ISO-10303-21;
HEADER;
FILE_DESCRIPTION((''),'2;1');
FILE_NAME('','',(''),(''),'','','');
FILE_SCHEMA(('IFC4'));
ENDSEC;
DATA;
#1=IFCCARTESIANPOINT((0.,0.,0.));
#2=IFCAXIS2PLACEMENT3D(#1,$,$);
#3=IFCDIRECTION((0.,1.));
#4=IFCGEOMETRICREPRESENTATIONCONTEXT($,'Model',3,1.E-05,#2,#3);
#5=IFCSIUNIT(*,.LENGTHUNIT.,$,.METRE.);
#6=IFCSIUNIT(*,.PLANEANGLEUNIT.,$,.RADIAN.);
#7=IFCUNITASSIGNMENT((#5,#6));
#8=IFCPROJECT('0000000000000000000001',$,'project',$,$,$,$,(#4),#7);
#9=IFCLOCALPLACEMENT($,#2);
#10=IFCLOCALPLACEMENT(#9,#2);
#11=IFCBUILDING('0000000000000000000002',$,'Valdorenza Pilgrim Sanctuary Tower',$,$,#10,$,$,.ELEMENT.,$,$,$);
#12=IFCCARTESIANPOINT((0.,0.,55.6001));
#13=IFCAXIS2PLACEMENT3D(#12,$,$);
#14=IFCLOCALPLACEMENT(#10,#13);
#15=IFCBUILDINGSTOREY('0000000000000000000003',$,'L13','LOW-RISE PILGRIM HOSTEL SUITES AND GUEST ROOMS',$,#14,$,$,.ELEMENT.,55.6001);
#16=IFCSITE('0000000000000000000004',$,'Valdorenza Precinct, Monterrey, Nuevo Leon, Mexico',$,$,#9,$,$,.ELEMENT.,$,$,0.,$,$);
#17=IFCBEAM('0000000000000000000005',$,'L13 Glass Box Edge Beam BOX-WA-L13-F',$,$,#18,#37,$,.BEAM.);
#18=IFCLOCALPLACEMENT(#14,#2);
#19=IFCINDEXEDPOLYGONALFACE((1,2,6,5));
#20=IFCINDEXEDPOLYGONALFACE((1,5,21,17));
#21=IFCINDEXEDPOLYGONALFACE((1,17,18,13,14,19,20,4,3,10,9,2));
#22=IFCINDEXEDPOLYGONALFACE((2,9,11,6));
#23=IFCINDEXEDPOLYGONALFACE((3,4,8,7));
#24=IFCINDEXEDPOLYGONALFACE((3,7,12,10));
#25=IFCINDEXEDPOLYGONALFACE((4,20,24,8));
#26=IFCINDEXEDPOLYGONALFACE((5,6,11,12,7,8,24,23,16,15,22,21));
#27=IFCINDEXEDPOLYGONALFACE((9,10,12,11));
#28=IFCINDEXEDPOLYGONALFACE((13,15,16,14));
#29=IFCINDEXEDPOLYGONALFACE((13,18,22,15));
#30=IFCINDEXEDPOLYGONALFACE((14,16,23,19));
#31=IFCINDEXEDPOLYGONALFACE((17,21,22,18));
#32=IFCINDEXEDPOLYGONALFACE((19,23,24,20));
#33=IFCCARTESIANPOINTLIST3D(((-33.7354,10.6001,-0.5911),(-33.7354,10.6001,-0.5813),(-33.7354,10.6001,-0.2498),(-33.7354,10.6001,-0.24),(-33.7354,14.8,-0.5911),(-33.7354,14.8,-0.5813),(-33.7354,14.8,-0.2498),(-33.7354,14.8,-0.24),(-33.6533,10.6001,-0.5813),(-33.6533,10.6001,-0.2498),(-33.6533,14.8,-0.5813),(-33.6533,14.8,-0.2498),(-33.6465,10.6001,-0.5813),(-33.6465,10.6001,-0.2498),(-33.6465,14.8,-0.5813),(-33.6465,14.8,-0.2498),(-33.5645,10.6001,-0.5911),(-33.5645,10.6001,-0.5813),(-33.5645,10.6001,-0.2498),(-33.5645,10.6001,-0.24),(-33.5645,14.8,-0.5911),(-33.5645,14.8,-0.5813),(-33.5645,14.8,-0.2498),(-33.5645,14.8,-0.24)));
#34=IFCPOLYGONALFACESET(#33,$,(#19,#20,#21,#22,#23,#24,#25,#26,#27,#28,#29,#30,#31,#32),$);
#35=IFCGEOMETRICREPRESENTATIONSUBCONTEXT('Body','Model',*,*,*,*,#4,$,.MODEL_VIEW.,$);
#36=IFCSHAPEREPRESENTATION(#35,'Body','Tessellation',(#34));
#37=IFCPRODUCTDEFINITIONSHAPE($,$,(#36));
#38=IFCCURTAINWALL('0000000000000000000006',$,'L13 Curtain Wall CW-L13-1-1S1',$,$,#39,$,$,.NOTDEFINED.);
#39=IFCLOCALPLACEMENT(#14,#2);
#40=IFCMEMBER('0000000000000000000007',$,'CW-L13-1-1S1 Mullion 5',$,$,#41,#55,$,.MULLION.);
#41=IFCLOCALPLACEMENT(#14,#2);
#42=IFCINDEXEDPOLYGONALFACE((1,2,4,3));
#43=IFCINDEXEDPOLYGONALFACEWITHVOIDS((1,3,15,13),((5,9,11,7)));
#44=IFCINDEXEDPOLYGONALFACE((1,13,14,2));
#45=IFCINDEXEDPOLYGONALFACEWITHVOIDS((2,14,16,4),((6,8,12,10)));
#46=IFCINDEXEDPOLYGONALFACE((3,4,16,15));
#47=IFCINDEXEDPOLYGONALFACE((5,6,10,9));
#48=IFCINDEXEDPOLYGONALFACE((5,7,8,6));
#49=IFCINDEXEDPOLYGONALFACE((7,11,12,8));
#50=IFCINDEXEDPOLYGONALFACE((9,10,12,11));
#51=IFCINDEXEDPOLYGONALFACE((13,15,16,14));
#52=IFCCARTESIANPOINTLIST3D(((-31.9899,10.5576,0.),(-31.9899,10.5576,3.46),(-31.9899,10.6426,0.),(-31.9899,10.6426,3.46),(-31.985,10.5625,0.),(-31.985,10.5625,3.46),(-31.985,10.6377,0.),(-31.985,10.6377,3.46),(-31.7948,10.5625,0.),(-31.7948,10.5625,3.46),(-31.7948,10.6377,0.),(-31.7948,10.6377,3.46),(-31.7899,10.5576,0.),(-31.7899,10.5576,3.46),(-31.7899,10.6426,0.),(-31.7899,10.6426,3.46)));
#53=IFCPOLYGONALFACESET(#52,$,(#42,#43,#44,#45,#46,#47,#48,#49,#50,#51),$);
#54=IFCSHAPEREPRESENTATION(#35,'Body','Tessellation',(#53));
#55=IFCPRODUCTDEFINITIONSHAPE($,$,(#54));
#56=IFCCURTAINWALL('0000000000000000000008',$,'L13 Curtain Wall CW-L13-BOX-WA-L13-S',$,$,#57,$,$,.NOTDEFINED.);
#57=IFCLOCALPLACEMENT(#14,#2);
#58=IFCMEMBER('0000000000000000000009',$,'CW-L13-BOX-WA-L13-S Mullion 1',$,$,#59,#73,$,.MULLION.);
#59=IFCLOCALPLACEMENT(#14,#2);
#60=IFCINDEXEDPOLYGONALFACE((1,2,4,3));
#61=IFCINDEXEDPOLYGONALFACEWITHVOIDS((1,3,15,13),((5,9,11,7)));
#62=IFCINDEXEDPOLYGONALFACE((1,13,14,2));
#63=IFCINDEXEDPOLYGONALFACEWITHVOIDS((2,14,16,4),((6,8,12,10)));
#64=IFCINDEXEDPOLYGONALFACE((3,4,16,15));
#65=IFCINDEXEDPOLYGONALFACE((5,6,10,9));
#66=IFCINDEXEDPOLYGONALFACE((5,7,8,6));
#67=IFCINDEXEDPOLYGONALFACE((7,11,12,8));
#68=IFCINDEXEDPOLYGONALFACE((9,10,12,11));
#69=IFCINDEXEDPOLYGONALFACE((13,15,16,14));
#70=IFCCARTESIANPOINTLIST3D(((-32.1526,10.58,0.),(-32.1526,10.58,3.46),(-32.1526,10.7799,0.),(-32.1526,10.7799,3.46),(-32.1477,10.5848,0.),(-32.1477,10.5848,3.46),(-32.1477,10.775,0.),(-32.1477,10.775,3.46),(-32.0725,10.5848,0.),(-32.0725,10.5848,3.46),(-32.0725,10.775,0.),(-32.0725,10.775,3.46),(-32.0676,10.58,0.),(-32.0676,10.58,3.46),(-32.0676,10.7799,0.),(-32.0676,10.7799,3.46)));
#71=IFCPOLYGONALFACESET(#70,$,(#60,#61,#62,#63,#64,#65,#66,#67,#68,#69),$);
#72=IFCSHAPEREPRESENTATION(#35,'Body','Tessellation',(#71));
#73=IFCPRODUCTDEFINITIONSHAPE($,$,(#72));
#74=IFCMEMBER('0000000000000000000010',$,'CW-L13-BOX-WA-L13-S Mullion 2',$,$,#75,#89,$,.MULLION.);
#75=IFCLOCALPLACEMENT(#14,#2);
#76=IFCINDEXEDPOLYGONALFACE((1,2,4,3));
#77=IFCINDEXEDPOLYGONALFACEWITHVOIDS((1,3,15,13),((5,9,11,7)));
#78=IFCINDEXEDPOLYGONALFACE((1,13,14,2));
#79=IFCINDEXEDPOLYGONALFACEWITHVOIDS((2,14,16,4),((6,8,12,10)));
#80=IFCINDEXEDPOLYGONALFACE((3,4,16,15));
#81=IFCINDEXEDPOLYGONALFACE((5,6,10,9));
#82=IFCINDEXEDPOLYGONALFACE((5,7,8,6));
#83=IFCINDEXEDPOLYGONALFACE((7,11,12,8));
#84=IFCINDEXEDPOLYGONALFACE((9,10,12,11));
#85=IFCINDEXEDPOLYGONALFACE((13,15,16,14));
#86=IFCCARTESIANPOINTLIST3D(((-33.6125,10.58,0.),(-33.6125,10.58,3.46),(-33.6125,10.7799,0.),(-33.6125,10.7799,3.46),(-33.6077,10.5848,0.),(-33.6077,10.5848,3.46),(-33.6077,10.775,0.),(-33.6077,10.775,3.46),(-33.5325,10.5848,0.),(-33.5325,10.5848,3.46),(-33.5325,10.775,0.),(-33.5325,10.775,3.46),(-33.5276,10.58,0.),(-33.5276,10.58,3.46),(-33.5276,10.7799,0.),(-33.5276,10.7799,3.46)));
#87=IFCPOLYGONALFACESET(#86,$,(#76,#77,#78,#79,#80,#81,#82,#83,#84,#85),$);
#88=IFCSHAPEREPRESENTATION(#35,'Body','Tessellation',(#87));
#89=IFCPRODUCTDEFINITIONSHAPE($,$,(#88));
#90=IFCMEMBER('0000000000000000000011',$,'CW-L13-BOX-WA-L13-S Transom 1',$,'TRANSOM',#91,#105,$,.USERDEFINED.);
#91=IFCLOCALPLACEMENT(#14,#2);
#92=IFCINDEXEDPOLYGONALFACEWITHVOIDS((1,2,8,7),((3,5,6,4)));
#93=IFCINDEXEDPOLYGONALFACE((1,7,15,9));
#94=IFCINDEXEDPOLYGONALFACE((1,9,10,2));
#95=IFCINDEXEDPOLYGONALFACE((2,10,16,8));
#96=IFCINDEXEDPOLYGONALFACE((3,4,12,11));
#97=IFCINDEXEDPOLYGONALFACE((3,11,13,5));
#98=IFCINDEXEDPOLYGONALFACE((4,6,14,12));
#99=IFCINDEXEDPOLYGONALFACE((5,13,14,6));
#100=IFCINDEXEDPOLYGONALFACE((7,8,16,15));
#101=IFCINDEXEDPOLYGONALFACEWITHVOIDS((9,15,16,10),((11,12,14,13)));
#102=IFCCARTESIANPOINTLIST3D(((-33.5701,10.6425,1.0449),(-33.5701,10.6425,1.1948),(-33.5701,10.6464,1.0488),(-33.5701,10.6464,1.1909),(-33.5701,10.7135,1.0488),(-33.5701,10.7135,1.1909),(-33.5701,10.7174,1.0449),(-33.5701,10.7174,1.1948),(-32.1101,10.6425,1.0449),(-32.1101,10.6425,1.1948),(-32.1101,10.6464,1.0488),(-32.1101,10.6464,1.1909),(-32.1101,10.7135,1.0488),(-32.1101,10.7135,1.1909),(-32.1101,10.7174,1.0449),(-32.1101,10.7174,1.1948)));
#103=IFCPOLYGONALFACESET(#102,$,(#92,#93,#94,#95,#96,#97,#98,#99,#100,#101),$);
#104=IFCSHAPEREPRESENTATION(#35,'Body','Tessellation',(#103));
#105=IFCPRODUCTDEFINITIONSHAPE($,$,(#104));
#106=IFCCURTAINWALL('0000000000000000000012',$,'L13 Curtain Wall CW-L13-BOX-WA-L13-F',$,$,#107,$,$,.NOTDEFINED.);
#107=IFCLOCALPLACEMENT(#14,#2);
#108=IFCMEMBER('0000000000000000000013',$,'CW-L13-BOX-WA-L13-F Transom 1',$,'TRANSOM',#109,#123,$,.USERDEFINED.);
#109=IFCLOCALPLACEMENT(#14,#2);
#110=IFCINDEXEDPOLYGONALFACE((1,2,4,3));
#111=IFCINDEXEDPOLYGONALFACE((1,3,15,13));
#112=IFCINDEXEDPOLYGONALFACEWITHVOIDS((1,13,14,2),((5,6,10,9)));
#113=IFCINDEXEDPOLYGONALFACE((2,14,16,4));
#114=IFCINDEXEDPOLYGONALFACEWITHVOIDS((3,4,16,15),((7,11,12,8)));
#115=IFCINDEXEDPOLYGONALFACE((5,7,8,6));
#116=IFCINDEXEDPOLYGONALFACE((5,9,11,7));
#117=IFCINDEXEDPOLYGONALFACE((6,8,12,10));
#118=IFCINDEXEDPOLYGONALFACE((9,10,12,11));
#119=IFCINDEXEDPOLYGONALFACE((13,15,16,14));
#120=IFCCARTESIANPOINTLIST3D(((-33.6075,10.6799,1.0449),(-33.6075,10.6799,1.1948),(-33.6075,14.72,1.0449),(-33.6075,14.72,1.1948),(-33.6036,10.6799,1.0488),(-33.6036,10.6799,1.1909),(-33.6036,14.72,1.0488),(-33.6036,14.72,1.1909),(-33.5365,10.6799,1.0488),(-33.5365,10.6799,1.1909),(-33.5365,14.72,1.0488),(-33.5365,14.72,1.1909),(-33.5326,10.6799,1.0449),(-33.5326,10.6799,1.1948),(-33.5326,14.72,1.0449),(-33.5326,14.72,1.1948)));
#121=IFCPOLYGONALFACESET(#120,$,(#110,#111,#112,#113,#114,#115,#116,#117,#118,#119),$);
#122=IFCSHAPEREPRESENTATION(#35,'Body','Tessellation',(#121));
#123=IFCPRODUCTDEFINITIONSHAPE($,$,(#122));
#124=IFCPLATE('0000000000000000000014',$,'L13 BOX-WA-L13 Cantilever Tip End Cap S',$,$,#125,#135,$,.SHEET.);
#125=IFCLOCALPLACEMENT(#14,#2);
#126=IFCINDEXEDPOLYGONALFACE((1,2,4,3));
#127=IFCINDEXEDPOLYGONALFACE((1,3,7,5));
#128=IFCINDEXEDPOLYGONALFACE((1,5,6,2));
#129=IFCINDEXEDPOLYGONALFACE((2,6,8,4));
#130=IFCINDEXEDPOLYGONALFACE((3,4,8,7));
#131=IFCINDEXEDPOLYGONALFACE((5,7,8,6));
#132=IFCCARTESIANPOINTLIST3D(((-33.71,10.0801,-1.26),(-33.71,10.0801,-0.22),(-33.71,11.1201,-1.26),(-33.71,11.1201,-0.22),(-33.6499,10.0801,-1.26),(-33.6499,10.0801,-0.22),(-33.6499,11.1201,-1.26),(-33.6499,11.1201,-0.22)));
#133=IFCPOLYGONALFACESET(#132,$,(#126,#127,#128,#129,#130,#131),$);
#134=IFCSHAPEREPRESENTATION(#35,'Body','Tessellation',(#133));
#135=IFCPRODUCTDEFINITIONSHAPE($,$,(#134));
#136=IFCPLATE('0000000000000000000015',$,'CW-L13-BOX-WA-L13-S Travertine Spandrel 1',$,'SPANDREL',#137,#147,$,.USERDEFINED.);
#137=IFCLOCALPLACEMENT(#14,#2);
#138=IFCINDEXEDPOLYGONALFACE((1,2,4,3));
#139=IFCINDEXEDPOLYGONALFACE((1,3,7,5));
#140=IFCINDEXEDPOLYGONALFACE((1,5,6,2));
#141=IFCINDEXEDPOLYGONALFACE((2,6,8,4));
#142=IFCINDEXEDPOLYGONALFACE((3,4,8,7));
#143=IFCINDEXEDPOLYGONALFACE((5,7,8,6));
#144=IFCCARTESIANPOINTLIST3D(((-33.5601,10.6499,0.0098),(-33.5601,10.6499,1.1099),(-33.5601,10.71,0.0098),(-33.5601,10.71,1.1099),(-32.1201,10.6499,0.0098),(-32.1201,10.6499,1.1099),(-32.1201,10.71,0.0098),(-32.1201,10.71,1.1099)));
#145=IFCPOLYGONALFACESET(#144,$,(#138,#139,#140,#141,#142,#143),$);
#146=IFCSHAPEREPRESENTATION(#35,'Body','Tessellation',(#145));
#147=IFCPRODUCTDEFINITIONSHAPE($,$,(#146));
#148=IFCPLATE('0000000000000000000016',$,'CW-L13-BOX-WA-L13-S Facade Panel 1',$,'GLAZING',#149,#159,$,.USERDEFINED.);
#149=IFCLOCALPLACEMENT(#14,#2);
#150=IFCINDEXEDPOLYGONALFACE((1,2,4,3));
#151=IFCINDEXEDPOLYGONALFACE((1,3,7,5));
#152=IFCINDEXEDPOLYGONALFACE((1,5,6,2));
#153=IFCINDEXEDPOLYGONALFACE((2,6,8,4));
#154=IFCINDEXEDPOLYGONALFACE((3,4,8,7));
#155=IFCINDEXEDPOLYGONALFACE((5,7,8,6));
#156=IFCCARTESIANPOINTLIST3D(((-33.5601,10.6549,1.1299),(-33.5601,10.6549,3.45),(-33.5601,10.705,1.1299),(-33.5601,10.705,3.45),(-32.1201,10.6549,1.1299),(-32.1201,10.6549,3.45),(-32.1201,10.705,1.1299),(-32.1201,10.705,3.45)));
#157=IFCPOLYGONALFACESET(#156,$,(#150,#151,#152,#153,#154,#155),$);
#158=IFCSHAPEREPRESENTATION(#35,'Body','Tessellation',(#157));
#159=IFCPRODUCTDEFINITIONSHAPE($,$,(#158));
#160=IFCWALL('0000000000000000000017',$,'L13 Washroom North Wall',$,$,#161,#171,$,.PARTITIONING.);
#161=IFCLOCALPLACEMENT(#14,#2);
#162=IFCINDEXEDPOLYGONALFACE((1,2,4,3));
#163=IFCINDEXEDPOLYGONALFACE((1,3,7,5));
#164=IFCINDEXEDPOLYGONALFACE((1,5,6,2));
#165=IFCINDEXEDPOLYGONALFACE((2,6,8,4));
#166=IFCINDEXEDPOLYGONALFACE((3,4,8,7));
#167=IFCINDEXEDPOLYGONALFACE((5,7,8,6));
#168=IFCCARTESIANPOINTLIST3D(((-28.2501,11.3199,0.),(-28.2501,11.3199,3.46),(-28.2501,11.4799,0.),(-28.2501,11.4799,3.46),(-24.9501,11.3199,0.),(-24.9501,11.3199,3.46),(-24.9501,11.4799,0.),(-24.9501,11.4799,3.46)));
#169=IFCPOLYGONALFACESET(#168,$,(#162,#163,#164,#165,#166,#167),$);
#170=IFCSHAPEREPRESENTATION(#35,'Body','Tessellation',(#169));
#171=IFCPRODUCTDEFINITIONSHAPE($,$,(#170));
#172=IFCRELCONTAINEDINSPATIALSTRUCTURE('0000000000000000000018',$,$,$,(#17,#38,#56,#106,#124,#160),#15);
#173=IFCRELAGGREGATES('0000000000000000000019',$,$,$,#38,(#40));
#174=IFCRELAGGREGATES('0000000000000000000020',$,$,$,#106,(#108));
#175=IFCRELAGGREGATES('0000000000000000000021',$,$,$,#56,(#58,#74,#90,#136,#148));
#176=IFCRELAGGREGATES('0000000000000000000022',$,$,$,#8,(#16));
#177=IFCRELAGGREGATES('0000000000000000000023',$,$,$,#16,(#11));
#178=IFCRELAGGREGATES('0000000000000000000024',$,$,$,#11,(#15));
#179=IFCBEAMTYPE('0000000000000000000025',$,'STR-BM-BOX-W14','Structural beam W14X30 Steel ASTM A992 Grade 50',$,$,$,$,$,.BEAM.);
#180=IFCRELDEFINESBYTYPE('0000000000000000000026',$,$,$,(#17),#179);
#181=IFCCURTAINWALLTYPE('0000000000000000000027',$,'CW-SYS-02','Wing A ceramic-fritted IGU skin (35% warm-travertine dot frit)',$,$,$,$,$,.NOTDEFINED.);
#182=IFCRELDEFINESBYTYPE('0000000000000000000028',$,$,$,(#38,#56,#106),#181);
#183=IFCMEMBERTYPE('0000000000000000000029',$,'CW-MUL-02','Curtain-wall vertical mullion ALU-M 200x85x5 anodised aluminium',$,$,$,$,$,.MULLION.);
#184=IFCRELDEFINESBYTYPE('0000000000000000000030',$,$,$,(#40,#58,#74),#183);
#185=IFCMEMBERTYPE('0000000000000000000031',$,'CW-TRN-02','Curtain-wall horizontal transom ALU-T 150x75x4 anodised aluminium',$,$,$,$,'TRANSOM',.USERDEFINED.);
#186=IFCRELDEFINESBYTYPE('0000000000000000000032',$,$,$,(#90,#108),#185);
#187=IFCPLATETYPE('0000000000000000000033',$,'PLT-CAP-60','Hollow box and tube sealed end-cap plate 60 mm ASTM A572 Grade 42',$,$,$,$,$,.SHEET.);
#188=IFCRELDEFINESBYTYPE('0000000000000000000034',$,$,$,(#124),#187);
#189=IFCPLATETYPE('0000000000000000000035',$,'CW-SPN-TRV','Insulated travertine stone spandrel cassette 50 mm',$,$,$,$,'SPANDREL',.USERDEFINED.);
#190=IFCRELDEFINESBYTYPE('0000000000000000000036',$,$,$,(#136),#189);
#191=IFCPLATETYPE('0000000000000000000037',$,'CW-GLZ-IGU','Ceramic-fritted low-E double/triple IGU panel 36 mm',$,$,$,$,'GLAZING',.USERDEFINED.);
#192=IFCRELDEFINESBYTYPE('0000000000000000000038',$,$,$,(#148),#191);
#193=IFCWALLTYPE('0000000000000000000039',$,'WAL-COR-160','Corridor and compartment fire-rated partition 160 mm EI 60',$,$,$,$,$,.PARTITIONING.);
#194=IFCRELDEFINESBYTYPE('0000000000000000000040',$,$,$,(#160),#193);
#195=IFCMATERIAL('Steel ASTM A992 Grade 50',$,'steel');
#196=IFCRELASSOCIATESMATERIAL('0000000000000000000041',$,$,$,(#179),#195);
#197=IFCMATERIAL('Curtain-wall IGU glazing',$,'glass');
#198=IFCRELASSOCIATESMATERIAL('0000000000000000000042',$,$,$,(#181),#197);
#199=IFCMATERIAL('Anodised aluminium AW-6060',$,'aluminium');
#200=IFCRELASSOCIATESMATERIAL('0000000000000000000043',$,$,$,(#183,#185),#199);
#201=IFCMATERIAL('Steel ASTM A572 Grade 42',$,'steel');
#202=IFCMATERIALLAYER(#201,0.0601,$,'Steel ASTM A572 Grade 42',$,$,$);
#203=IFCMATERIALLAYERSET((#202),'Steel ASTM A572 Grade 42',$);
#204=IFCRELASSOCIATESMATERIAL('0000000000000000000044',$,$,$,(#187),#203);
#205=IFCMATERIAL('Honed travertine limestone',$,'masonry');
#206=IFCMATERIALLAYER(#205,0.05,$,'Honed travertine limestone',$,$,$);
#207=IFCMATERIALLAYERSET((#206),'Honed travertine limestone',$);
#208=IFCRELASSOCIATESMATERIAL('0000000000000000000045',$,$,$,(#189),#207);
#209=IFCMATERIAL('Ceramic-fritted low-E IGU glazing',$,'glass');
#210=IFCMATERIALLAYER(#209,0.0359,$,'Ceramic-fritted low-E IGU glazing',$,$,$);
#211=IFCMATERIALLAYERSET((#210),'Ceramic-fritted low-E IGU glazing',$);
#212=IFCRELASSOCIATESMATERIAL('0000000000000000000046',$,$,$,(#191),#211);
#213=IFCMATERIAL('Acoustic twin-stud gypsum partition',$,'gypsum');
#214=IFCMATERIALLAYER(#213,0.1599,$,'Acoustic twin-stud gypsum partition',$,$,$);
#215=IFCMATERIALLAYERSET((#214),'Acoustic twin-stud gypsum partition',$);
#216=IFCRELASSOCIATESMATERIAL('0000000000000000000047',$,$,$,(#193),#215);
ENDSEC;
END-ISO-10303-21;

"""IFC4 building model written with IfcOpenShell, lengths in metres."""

from ifc_helpers import new_model, si_unit, direction, frame, frame_2d, origin, origin_2d, place, context, subcontext, project, spatial, rectangle, hollow_rectangle, i_section, extrude, source, transform, mapped, material, layer, layer_set, material_profile, profile_set, type_object, element, aggregate, save


model = new_model("IFC4")

# Units and contexts
model_context = context("Model", 3, precision=1e-05, world=origin(), true_north=direction((0.0, 1.0)))
body_context = subcontext(model_context, "Body", "Model", "MODEL_VIEW")
ifc_project = project(units=[si_unit("LENGTHUNIT", "METRE"), si_unit("PLANEANGLEUNIT", "RADIAN")], contexts=[model_context])

# Site, building, storey
site_placement = place(None, origin())
site = spatial("IfcSite", under=ifc_project, at=site_placement, Name="Valdorenza Precinct, Monterrey, Nuevo Leon, Mexico", CompositionType="ELEMENT", RefElevation=0.0)
building_placement = place(site_placement, origin())
building = spatial("IfcBuilding", under=site, at=building_placement, Name="Valdorenza Pilgrim Sanctuary Tower", CompositionType="ELEMENT")
storey_placement = place(building_placement, frame((0.0, 0.0, 55.6001)))
storey = spatial("IfcBuildingStorey", under=building, at=storey_placement, Name="L13", Description="LOW-RISE PILGRIM HOSTEL SUITES AND GUEST ROOMS", CompositionType="ELEMENT", Elevation=55.6001)

# Beam
ifc_material_1 = material(Name="Steel ASTM A992 Grade 50", Category="steel")
ifc_material_2 = material(Name="Steel ASTM A572 Grade 42", Category="steel")
ifc_material_profile_1 = material_profile(ifc_material_1, i_section(OverallWidth=0.1709, OverallDepth=0.3511, WebThickness=0.0068, FlangeThickness=0.0098, at=origin_2d()), Name="W14X30")
ifc_profile_set_1 = profile_set([ifc_material_profile_1], Name="Steel ASTM A992 Grade 50")
beam_type_1 = type_object("IfcBeamType", Name="STR-BM-BOX-W14", Description="Structural beam W14X30 Steel ASTM A992 Grade 50", PredefinedType="BEAM", material=ifc_profile_set_1)
shared_shape_1 = source(origin(), body_context, "Body", "SweptSolid", [
    extrude(i_section(OverallWidth=0.1709, OverallDepth=0.3511, WebThickness=0.0068, FlangeThickness=0.0098, at=origin_2d()), origin(), (0.0, 0.0, 1.0), 4.2),
])
beam_1_placement = place(storey_placement, frame((-33.6499, 10.6001, -0.4155), z_axis=(0.0, 1.0, 0.0), x_axis=(-1.0, 0.0, 0.0)))
element("IfcBeam", 1, at=beam_1_placement, inside=storey, type_object=beam_type_1, Name="L13 Glass Box Edge Beam BOX-WA-L13-F", PredefinedType="BEAM", context=body_context, shape_type="MappedRepresentation", body=[
    mapped(shared_shape_1, transform((0.0, 0.0, 0.0), x_axis=(1.0, 0.0, 0.0), y_axis=(0.0, 1.0, 0.0), z_axis=(0.0, 0.0, 1.0), scale=1.0)),
])

# Curtain wall, member
ifc_material_3 = material(Name="Curtain-wall IGU glazing", Category="glass")
curtain_wall_type = type_object("IfcCurtainWallType", Name="CW-SYS-02", Description="Wing A ceramic-fritted IGU skin (35% warm-travertine dot frit)", PredefinedType="NOTDEFINED", material=ifc_material_3)
curtain_wall_1_placement = place(storey_placement, origin())
curtain_wall_1 = element("IfcCurtainWall", 2, at=curtain_wall_1_placement, inside=storey, type_object=curtain_wall_type, Name="L13 Curtain Wall CW-L13-1-1S1", PredefinedType="NOTDEFINED")
ifc_material_4 = material(Name="Anodised aluminium AW-6060", Category="aluminium")
ifc_material_profile_2 = material_profile(ifc_material_4, hollow_rectangle(XDim=0.085, YDim=0.2, WallThickness=0.0049, at=origin_2d()), Name="ALU-M 200x85x5")
ifc_profile_set_2 = profile_set([ifc_material_profile_2], Name="Anodised aluminium AW-6060")
member_type_1 = type_object("IfcMemberType", Name="CW-MUL-02", Description="Curtain-wall vertical mullion ALU-M 200x85x5 anodised aluminium", PredefinedType="MULLION", material=ifc_profile_set_2)
shared_shape_2 = source(origin(), body_context, "Body", "SweptSolid", [
    extrude(hollow_rectangle(XDim=0.085, YDim=0.2, WallThickness=0.0049, at=origin_2d()), origin(), (0.0, 0.0, 1.0), 3.46),
])
member_1_placement = place(storey_placement, frame((-31.8899, 10.6001, 0.0), z_axis=(0.0, 0.0, 1.0), x_axis=(0.0, 1.0, 0.0)))
member_1 = element("IfcMember", 3, at=member_1_placement, type_object=member_type_1, Name="CW-L13-1-1S1 Mullion 5", PredefinedType="MULLION", context=body_context, shape_type="MappedRepresentation", body=[
    mapped(shared_shape_2, transform((0.0, 0.0, 0.0), x_axis=(1.0, 0.0, 0.0), y_axis=(0.0, 1.0, 0.0), z_axis=(0.0, 0.0, 1.0), scale=1.0)),
])
aggregate(curtain_wall_1, [member_1])

# Curtain wall, members
curtain_wall_2_placement = place(storey_placement, origin())
curtain_wall_2 = element("IfcCurtainWall", 4, at=curtain_wall_2_placement, inside=storey, type_object=curtain_wall_type, Name="L13 Curtain Wall CW-L13-BOX-WA-L13-S", PredefinedType="NOTDEFINED")
member_2_placement = place(storey_placement, frame((-32.1101, 10.6799, 0.0), z_axis=(0.0, 0.0, 1.0), x_axis=(-1.0, 0.0, 0.0)))
member_2 = element("IfcMember", 5, at=member_2_placement, type_object=member_type_1, Name="CW-L13-BOX-WA-L13-S Mullion 1", PredefinedType="MULLION", context=body_context, shape_type="MappedRepresentation", body=[
    mapped(shared_shape_2, transform((0.0, 0.0, 0.0), x_axis=(1.0, 0.0, 0.0), y_axis=(0.0, 1.0, 0.0), z_axis=(0.0, 0.0, 1.0), scale=1.0)),
])
member_3_placement = place(storey_placement, frame((-33.5701, 10.6799, 0.0), z_axis=(0.0, 0.0, 1.0), x_axis=(-1.0, 0.0, 0.0)))
member_3 = element("IfcMember", 6, at=member_3_placement, type_object=member_type_1, Name="CW-L13-BOX-WA-L13-S Mullion 2", PredefinedType="MULLION", context=body_context, shape_type="MappedRepresentation", body=[
    mapped(shared_shape_2, transform((0.0, 0.0, 0.0), x_axis=(1.0, 0.0, 0.0), y_axis=(0.0, 1.0, 0.0), z_axis=(0.0, 0.0, 1.0), scale=1.0)),
])
ifc_material_profile_3 = material_profile(ifc_material_4, hollow_rectangle(XDim=0.075, YDim=0.1499, WallThickness=0.0039, at=origin_2d()), Name="ALU-T 150x75x4")
ifc_profile_set_3 = profile_set([ifc_material_profile_3], Name="Anodised aluminium AW-6060")
member_type_2 = type_object("IfcMemberType", Name="CW-TRN-02", Description="Curtain-wall horizontal transom ALU-T 150x75x4 anodised aluminium", ElementType="TRANSOM", PredefinedType="USERDEFINED", material=ifc_profile_set_3)
shared_shape_3 = source(origin(), body_context, "Body", "SweptSolid", [
    extrude(hollow_rectangle(XDim=0.075, YDim=0.1499, WallThickness=0.0039, at=origin_2d()), origin(), (0.0, 0.0, 1.0), 1.46),
])
member_4_placement = place(storey_placement, frame((-32.1101, 10.6799, 1.1199), z_axis=(-1.0, 0.0, 0.0), x_axis=(0.0, -1.0, 0.0)))
member_4 = element("IfcMember", 7, at=member_4_placement, type_object=member_type_2, Name="CW-L13-BOX-WA-L13-S Transom 1", ObjectType="TRANSOM", PredefinedType="USERDEFINED", context=body_context, shape_type="MappedRepresentation", body=[
    mapped(shared_shape_3, transform((0.0, 0.0, 0.0), x_axis=(1.0, 0.0, 0.0), y_axis=(0.0, 1.0, 0.0), z_axis=(0.0, 0.0, 1.0), scale=1.0)),
])

# Curtain wall, member
curtain_wall_3_placement = place(storey_placement, origin())
curtain_wall_3 = element("IfcCurtainWall", 8, at=curtain_wall_3_placement, inside=storey, type_object=curtain_wall_type, Name="L13 Curtain Wall CW-L13-BOX-WA-L13-F", PredefinedType="NOTDEFINED")
shared_shape_4 = source(origin(), body_context, "Body", "SweptSolid", [
    extrude(hollow_rectangle(XDim=0.075, YDim=0.1499, WallThickness=0.0039, at=origin_2d()), origin(), (0.0, 0.0, 1.0), 4.04),
])
member_5_placement = place(storey_placement, frame((-33.5701, 10.6799, 1.1199), z_axis=(0.0, 1.0, 0.0), x_axis=(-1.0, 0.0, 0.0)))
member_5 = element("IfcMember", 9, at=member_5_placement, type_object=member_type_2, Name="CW-L13-BOX-WA-L13-F Transom 1", ObjectType="TRANSOM", PredefinedType="USERDEFINED", context=body_context, shape_type="MappedRepresentation", body=[
    mapped(shared_shape_4, transform((0.0, 0.0, 0.0), x_axis=(1.0, 0.0, 0.0), y_axis=(0.0, 1.0, 0.0), z_axis=(0.0, 0.0, 1.0), scale=1.0)),
])
aggregate(curtain_wall_3, [member_5])

# Plates
ifc_layer_1 = layer(ifc_material_2, 0.0601, Name="Steel ASTM A572 Grade 42")
ifc_layer_set_1 = layer_set([ifc_layer_1], Name="Steel ASTM A572 Grade 42")
plate_type_1 = type_object("IfcPlateType", Name="PLT-CAP-60", Description="Hollow box and tube sealed end-cap plate 60 mm ASTM A572 Grade 42", PredefinedType="SHEET", material=ifc_layer_set_1)
shared_shape_5 = source(origin(), body_context, "Body", "SweptSolid", [
    extrude(rectangle(XDim=0.0601, YDim=1.04, at=origin_2d()), origin(), (0.0, 0.0, 1.0), 1.04),
])
plate_1_placement = place(storey_placement, frame((-33.6799, 10.6001, -1.26), z_axis=(0.0, 0.0, 1.0), x_axis=(1.0, 0.0, 0.0)))
element("IfcPlate", 10, at=plate_1_placement, inside=storey, type_object=plate_type_1, Name="L13 BOX-WA-L13 Cantilever Tip End Cap S", PredefinedType="SHEET", context=body_context, shape_type="MappedRepresentation", body=[
    mapped(shared_shape_5, transform((0.0, 0.0, 0.0), x_axis=(1.0, 0.0, 0.0), y_axis=(0.0, 1.0, 0.0), z_axis=(0.0, 0.0, 1.0), scale=1.0)),
])
ifc_material_5 = material(Name="Honed travertine limestone", Category="masonry")
ifc_layer_2 = layer(ifc_material_5, 0.05, Name="Honed travertine limestone")
ifc_layer_set_2 = layer_set([ifc_layer_2], Name="Honed travertine limestone")
plate_type_2 = type_object("IfcPlateType", Name="CW-SPN-TRV", Description="Insulated travertine stone spandrel cassette 50 mm", ElementType="SPANDREL", PredefinedType="USERDEFINED", material=ifc_layer_set_2)
shared_shape_6 = source(origin(), body_context, "Body", "SweptSolid", [
    extrude(rectangle(XDim=1.4399, YDim=0.0601, at=origin_2d()), origin(), (0.0, 0.0, 1.0), 1.1001),
])
plate_2_placement = place(storey_placement, frame((-32.8401, 10.6799, 0.0098), z_axis=(0.0, 0.0, 1.0), x_axis=(-1.0, 0.0, 0.0)))
plate_2 = element("IfcPlate", 11, at=plate_2_placement, type_object=plate_type_2, Name="CW-L13-BOX-WA-L13-S Travertine Spandrel 1", ObjectType="SPANDREL", PredefinedType="USERDEFINED", context=body_context, shape_type="MappedRepresentation", body=[
    mapped(shared_shape_6, transform((0.0, 0.0, 0.0), x_axis=(1.0, 0.0, 0.0), y_axis=(0.0, 1.0, 0.0), z_axis=(0.0, 0.0, 1.0), scale=1.0)),
])
ifc_material_6 = material(Name="Ceramic-fritted low-E IGU glazing", Category="glass")
ifc_layer_3 = layer(ifc_material_6, 0.0359, Name="Ceramic-fritted low-E IGU glazing")
ifc_layer_set_3 = layer_set([ifc_layer_3], Name="Ceramic-fritted low-E IGU glazing")
plate_type_3 = type_object("IfcPlateType", Name="CW-GLZ-IGU", Description="Ceramic-fritted low-E double/triple IGU panel 36 mm", ElementType="GLAZING", PredefinedType="USERDEFINED", material=ifc_layer_set_3)
shared_shape_7 = source(origin(), body_context, "Body", "SweptSolid", [
    extrude(rectangle(XDim=1.4399, YDim=0.05, at=origin_2d()), origin(), (0.0, 0.0, 1.0), 2.3201),
])
plate_3_placement = place(storey_placement, frame((-32.8401, 10.6799, 1.1299), z_axis=(0.0, 0.0, 1.0), x_axis=(-1.0, 0.0, 0.0)))
plate_3 = element("IfcPlate", 12, at=plate_3_placement, type_object=plate_type_3, Name="CW-L13-BOX-WA-L13-S Facade Panel 1", ObjectType="GLAZING", PredefinedType="USERDEFINED", context=body_context, shape_type="MappedRepresentation", body=[
    mapped(shared_shape_7, transform((0.0, 0.0, 0.0), x_axis=(1.0, 0.0, 0.0), y_axis=(0.0, 1.0, 0.0), z_axis=(0.0, 0.0, 1.0), scale=1.0)),
])
aggregate(curtain_wall_2, [member_2, member_3, member_4, plate_2, plate_3])

# Wall
ifc_material_7 = material(Name="Acoustic twin-stud gypsum partition", Category="gypsum")
ifc_layer_4 = layer(ifc_material_7, 0.1599, Name="Acoustic twin-stud gypsum partition")
ifc_layer_set_4 = layer_set([ifc_layer_4], Name="Acoustic twin-stud gypsum partition")
wall_type_1 = type_object("IfcWallType", Name="WAL-COR-160", Description="Corridor and compartment fire-rated partition 160 mm EI 60", PredefinedType="PARTITIONING", material=ifc_layer_set_4)
wall_1_placement = place(storey_placement, frame((-28.25, 11.3999, 0.0), z_axis=(0.0, 0.0, 1.0), x_axis=(1.0, 0.0, 0.0)))
element("IfcWall", 13, at=wall_1_placement, inside=storey, type_object=wall_type_1, Name="L13 Washroom North Wall", PredefinedType="PARTITIONING", context=body_context, shape_type="SweptSolid", body=[
    extrude(rectangle(XDim=3.3, YDim=0.1599, at=frame_2d((1.6499, 0.0))), origin(), (0.0, 0.0, 1.0), 3.46),
])

save(model, "model.ifc")
